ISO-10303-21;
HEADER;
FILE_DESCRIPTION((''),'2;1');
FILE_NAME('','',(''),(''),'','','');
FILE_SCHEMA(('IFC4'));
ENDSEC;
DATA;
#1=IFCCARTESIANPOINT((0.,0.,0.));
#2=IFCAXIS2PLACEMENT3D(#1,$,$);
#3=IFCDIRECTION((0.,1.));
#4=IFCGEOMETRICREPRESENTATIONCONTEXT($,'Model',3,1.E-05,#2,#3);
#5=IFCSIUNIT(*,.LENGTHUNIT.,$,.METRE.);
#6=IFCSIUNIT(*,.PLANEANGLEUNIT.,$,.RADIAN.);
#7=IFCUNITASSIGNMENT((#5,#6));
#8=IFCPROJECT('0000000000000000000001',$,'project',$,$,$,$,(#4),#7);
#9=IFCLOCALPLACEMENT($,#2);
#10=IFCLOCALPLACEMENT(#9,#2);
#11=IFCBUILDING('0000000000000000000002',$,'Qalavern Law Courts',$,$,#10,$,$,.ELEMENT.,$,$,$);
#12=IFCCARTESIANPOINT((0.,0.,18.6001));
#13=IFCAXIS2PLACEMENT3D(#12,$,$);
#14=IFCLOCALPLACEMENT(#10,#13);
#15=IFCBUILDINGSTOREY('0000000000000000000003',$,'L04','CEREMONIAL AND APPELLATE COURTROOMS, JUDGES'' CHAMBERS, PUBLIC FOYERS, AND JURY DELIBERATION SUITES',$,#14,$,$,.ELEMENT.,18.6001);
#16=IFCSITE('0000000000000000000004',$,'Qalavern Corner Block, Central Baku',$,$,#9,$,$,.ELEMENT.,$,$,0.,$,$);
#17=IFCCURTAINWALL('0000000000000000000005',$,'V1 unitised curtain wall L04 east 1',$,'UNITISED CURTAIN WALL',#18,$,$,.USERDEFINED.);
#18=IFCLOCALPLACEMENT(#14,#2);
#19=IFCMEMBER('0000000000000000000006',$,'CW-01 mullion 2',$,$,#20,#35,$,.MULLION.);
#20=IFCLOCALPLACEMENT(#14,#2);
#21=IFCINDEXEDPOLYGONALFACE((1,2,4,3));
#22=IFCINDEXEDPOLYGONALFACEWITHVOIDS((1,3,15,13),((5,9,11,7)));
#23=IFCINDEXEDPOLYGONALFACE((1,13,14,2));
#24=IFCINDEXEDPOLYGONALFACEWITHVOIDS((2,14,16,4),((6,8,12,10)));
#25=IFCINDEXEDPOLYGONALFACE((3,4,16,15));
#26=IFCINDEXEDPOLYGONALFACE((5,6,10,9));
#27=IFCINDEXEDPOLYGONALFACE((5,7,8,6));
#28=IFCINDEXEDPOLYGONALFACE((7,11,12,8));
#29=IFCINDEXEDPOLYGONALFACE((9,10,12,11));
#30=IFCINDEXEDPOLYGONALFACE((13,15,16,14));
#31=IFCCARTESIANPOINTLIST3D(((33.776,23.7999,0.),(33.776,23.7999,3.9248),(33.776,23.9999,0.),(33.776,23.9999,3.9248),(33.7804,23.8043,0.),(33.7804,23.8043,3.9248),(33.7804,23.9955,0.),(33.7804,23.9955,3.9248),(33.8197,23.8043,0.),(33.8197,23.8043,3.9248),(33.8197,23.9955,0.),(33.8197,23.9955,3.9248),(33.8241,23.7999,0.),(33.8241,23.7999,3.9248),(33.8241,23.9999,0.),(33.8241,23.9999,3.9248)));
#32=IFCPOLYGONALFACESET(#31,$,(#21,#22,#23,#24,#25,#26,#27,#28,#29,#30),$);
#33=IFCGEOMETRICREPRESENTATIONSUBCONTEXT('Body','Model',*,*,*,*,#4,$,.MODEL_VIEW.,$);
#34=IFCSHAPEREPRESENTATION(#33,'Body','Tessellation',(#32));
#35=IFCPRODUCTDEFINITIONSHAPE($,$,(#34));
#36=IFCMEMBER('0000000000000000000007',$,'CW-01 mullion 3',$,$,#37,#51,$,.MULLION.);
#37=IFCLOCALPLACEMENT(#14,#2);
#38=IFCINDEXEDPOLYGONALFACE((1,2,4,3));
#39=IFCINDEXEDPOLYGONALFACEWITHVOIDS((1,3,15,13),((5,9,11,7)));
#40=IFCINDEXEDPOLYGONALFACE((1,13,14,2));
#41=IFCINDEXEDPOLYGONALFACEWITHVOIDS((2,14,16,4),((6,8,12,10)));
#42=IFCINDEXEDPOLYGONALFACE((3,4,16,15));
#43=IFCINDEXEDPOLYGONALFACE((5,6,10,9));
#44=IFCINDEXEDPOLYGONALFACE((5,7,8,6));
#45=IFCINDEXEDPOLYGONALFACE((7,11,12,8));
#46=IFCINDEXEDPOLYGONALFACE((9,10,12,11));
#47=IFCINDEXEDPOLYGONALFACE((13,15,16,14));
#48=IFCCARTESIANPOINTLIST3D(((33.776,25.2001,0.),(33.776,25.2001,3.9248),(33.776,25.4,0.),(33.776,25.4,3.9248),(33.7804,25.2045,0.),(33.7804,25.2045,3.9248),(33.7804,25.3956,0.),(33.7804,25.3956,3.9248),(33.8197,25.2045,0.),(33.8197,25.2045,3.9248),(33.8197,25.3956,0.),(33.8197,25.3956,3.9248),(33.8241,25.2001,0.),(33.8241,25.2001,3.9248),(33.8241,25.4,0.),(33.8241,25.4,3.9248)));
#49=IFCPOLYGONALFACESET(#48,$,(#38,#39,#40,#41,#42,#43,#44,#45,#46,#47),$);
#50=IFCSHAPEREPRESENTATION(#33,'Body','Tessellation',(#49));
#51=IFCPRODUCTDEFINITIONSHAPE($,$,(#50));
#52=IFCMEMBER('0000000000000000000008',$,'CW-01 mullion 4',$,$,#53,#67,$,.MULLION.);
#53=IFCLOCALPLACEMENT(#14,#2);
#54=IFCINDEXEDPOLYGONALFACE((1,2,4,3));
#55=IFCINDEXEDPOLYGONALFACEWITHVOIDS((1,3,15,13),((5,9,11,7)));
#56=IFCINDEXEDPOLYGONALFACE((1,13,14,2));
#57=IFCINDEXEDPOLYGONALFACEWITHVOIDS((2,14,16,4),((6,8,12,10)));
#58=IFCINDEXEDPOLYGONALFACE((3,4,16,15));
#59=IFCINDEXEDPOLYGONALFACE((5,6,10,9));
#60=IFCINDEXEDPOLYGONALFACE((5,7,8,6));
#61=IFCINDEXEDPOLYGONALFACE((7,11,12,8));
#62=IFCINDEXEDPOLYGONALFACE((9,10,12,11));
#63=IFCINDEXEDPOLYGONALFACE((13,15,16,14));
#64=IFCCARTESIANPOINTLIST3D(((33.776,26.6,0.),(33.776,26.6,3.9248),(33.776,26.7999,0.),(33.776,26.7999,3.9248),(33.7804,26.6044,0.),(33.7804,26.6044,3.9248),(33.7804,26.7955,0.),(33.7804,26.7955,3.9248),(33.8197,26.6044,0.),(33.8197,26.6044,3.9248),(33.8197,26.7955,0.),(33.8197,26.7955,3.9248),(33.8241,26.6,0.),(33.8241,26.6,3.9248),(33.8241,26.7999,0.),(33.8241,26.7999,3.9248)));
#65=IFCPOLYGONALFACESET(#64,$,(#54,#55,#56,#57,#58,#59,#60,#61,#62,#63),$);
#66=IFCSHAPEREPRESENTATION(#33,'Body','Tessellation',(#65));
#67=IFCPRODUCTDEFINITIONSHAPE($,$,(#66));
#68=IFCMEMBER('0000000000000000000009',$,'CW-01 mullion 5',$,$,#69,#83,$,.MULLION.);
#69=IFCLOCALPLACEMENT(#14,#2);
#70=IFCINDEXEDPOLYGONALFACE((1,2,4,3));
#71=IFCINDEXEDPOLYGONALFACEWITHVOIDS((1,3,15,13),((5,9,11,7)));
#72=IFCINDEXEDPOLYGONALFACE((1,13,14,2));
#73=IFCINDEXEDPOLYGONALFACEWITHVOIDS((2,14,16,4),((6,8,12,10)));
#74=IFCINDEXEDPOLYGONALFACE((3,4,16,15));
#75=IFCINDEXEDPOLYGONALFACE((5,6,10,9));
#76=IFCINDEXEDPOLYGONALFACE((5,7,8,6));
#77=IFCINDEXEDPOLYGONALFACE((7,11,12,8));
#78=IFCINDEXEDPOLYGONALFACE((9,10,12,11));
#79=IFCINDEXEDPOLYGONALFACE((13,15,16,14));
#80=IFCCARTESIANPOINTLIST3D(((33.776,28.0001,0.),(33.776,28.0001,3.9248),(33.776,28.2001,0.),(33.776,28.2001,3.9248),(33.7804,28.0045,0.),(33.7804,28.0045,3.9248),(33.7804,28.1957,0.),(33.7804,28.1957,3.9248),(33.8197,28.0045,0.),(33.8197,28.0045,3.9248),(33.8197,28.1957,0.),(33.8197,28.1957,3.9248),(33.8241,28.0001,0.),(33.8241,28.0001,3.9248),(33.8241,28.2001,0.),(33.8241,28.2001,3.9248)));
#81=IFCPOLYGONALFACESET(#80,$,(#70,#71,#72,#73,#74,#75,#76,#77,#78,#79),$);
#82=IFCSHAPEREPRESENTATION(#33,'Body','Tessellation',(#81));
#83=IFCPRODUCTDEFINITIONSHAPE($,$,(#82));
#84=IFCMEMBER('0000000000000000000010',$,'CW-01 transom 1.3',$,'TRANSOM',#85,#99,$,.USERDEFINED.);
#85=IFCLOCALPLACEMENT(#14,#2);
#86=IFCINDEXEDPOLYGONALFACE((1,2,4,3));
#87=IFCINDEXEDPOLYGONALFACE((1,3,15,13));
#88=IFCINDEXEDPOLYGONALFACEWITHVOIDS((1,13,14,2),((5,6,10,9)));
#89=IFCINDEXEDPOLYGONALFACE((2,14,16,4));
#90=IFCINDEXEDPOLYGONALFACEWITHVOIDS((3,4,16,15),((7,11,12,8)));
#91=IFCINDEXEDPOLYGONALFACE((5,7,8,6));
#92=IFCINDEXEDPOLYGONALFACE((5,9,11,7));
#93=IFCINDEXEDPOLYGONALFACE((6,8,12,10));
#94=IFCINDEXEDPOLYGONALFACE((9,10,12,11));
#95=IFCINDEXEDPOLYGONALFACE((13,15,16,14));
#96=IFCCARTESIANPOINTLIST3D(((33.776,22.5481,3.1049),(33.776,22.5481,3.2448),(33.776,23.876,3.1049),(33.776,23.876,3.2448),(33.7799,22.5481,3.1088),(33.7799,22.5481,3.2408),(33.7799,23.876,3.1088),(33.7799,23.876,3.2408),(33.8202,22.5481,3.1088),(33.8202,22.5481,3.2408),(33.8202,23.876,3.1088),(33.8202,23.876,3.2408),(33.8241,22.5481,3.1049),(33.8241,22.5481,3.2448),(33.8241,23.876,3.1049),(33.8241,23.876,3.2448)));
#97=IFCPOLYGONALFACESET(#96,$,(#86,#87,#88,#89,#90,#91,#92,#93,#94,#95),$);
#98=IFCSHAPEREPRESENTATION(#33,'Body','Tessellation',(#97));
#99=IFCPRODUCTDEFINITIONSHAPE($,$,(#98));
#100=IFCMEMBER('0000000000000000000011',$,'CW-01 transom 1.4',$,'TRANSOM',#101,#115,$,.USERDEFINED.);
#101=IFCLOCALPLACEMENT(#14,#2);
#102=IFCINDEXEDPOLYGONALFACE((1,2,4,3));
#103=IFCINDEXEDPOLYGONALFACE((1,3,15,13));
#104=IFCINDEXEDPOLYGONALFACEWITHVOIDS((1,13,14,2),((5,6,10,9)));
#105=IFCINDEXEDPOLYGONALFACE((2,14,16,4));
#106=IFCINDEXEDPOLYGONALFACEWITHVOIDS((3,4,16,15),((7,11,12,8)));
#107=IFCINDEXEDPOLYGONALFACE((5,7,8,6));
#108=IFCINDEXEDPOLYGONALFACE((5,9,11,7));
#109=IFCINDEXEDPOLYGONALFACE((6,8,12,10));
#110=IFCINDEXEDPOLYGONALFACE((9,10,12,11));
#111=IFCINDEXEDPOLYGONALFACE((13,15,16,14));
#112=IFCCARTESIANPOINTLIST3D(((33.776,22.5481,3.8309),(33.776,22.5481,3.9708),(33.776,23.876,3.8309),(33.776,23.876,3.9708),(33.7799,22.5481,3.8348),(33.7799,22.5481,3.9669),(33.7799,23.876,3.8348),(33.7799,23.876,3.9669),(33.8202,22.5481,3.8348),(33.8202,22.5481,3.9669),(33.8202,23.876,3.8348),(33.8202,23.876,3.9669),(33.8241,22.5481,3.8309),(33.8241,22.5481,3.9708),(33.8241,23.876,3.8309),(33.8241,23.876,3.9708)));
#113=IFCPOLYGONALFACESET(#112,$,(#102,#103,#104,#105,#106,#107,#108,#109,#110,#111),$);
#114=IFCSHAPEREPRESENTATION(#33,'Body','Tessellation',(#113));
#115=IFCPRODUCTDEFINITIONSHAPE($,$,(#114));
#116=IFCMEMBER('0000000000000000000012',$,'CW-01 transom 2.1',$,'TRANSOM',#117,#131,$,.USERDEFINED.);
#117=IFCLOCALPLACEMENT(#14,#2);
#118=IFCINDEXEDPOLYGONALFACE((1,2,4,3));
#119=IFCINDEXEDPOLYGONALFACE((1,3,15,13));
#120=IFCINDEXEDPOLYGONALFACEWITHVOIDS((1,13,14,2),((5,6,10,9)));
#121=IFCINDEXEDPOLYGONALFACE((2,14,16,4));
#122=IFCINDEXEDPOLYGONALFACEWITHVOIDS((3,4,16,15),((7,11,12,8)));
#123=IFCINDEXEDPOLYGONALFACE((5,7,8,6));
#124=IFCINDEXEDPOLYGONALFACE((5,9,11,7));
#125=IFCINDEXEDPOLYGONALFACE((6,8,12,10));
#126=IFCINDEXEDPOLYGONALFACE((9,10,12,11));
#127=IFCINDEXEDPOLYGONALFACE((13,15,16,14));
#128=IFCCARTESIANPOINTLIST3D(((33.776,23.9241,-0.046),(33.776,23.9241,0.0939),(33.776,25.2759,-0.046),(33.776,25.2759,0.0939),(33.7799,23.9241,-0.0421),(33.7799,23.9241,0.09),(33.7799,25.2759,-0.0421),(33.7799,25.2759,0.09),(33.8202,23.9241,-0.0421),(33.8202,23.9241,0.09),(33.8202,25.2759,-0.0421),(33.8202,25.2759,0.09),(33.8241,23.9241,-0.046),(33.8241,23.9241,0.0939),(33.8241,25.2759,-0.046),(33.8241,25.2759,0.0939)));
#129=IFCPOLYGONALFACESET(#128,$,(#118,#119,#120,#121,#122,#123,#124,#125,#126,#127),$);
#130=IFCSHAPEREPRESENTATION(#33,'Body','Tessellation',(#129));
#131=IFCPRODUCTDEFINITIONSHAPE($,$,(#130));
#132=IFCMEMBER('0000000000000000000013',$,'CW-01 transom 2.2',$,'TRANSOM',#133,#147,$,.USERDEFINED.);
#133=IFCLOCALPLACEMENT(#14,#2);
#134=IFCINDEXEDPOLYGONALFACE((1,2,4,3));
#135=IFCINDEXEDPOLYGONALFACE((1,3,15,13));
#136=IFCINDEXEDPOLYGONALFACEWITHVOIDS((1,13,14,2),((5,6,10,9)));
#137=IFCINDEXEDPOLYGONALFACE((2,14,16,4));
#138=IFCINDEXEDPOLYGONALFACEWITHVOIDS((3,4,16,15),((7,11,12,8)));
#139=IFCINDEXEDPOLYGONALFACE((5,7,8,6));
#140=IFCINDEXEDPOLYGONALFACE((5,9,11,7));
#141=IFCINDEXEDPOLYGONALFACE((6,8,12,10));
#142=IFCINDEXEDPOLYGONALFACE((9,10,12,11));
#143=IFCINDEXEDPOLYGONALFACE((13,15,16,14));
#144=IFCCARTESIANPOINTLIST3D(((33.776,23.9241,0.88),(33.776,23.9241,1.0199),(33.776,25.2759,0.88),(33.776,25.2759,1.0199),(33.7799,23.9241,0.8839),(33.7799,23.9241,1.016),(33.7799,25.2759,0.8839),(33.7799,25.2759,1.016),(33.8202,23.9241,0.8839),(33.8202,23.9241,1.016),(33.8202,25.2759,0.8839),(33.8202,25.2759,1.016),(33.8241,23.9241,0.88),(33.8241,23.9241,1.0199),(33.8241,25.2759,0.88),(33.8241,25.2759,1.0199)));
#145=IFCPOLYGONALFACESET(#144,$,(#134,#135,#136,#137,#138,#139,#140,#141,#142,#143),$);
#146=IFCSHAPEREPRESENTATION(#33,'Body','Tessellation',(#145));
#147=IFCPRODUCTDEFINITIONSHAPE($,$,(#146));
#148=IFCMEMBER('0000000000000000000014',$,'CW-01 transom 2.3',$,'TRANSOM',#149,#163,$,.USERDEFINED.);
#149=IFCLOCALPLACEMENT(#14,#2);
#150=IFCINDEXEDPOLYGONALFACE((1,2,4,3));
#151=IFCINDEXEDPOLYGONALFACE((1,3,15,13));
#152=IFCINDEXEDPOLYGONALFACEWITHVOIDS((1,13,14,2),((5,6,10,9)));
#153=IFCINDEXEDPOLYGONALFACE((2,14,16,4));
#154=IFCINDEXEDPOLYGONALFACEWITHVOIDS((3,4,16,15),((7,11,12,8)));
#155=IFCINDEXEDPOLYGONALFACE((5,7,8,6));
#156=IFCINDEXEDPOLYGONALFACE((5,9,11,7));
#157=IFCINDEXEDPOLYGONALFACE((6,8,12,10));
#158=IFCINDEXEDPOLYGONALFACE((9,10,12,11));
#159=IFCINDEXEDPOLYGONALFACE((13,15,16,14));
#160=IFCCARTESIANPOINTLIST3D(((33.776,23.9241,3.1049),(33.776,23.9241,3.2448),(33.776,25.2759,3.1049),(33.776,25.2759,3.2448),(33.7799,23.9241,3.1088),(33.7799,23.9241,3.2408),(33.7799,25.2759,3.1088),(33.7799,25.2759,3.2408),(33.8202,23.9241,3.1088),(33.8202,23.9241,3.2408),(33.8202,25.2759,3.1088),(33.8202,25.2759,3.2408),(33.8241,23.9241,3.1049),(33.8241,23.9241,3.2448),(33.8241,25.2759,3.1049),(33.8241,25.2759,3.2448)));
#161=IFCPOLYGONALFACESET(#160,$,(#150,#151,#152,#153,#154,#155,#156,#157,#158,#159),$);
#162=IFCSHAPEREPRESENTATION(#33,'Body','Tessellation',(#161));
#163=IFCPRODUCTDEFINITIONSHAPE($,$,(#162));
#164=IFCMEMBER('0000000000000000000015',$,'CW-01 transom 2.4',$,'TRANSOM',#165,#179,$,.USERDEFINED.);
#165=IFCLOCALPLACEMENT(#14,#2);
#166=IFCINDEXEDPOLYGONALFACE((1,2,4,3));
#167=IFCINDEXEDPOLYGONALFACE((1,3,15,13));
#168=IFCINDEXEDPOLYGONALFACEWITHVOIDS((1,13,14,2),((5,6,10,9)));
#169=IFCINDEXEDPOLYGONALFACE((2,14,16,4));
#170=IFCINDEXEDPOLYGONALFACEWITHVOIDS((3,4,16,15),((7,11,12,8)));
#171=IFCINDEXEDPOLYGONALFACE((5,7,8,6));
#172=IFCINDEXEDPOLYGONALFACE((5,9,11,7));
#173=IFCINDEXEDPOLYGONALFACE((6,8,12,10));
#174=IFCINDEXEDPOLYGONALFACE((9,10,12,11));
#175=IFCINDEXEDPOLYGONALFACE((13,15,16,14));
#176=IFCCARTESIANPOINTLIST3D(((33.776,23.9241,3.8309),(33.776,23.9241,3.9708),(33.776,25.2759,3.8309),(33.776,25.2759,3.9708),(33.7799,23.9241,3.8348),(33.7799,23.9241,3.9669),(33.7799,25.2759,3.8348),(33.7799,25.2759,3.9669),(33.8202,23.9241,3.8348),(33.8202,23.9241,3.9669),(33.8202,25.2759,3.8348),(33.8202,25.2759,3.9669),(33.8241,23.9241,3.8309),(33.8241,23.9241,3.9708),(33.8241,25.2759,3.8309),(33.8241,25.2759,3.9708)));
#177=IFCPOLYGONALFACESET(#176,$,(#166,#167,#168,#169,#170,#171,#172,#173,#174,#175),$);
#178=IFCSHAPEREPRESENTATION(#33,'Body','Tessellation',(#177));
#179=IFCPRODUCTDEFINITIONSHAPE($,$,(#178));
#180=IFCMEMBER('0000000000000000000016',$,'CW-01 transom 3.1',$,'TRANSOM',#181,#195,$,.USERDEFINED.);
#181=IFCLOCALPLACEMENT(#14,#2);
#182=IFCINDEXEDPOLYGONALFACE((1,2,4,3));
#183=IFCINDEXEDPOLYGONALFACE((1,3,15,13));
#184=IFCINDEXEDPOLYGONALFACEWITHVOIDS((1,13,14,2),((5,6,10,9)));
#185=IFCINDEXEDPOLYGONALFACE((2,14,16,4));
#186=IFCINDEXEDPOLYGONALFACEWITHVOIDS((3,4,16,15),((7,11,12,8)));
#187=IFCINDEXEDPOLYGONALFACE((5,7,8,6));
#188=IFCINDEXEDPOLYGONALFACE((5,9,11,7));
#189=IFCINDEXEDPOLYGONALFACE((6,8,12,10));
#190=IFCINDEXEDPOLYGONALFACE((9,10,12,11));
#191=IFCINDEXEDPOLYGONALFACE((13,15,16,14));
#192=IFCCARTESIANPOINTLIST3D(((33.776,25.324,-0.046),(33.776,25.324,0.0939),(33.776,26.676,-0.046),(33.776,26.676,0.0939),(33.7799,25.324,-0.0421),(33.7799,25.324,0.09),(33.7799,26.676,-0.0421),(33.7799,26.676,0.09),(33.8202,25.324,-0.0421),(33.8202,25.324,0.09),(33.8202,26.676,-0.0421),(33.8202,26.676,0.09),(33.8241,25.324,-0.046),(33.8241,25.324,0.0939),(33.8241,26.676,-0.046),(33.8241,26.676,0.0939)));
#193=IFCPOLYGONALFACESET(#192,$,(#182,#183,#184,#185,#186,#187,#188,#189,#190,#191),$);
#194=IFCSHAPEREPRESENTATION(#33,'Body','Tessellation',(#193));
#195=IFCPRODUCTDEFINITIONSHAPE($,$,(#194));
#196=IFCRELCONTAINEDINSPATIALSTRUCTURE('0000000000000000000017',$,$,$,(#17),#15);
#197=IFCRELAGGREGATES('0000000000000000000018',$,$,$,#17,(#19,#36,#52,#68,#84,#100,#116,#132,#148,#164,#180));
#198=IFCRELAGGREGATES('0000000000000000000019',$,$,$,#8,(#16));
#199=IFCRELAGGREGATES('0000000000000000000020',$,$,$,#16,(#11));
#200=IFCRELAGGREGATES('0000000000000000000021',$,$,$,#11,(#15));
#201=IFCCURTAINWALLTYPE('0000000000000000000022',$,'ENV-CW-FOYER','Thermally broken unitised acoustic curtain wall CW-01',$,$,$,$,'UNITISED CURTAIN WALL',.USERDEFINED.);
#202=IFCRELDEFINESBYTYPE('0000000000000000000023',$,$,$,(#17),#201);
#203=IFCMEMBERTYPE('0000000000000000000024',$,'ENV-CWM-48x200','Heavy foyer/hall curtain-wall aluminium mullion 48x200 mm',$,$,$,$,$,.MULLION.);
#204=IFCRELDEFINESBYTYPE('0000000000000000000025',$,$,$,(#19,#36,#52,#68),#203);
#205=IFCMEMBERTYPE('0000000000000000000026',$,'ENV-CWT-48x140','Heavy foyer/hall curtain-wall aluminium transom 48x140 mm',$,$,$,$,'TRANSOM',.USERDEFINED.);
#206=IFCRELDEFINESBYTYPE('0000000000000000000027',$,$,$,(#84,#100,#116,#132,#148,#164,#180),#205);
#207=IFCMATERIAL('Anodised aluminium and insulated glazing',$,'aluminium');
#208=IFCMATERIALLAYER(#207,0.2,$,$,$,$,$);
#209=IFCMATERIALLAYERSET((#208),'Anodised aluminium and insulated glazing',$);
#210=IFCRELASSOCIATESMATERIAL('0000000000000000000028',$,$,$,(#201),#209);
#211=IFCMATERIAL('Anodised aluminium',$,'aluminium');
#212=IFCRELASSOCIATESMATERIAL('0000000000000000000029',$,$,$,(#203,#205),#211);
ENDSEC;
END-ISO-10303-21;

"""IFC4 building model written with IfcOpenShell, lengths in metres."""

from ifc_helpers import new_model, si_unit, direction, frame, origin, origin_2d, place, context, subcontext, project, spatial, hollow_rectangle, extrude, material, layer, layer_set, material_profile, profile_set, type_object, element, aggregate, save


model = new_model("IFC4")

# Units and contexts
model_context = context("Model", 3, precision=1e-05, world=origin(), true_north=direction((0.0, 1.0)))
body_context = subcontext(model_context, "Body", "Model", "MODEL_VIEW")
ifc_project = project(units=[si_unit("LENGTHUNIT", "METRE"), si_unit("PLANEANGLEUNIT", "RADIAN")], contexts=[model_context])

# Site, building, storey
site_placement = place(None, origin())
site = spatial("IfcSite", under=ifc_project, at=site_placement, Name="Qalavern Corner Block, Central Baku", CompositionType="ELEMENT", RefElevation=0.0)
building_placement = place(site_placement, origin())
building = spatial("IfcBuilding", under=site, at=building_placement, Name="Qalavern Law Courts", CompositionType="ELEMENT")
storey_placement = place(building_placement, frame((0.0, 0.0, 18.6001)))
storey = spatial("IfcBuildingStorey", under=building, at=storey_placement, Name="L04", Description="CEREMONIAL AND APPELLATE COURTROOMS, JUDGES' CHAMBERS, PUBLIC FOYERS, AND JURY DELIBERATION SUITES", CompositionType="ELEMENT", Elevation=18.6001)

# Curtain wall, members
ifc_material_1 = material(Name="Anodised aluminium and insulated glazing", Category="aluminium")
ifc_layer_1 = layer(ifc_material_1, 0.2)
ifc_layer_set_1 = layer_set([ifc_layer_1], Name="Anodised aluminium and insulated glazing")
curtain_wall_type = type_object("IfcCurtainWallType", Name="ENV-CW-FOYER", Description="Thermally broken unitised acoustic curtain wall CW-01", ElementType="UNITISED CURTAIN WALL", PredefinedType="USERDEFINED", material=ifc_layer_set_1)
curtain_wall_placement = place(storey_placement, origin())
curtain_wall = element("IfcCurtainWall", 1, at=curtain_wall_placement, inside=storey, type_object=curtain_wall_type, Name="V1 unitised curtain wall L04 east 1", ObjectType="UNITISED CURTAIN WALL", PredefinedType="USERDEFINED")
ifc_material_2 = material(Name="Anodised aluminium", Category="aluminium")
ifc_material_profile_1 = material_profile(ifc_material_2, hollow_rectangle(XDim=0.0481, YDim=0.2, WallThickness=0.0044, at=origin_2d()), Name="ALU MULLION 48x200")
ifc_profile_set_1 = profile_set([ifc_material_profile_1], Name="Anodised aluminium")
member_type_1 = type_object("IfcMemberType", Name="ENV-CWM-48x200", Description="Heavy foyer/hall curtain-wall aluminium mullion 48x200 mm", PredefinedType="MULLION", material=ifc_profile_set_1)
member_1_placement = place(storey_placement, frame((33.8, 23.8999, 0.0), z_axis=(0.0, 0.0, 1.0), x_axis=(-1.0, 0.0, 0.0)))
member_1 = element("IfcMember", 2, at=member_1_placement, type_object=member_type_1, Name="CW-01 mullion 2", PredefinedType="MULLION", context=body_context, shape_type="SweptSolid", body=[
    extrude(hollow_rectangle(XDim=0.0481, YDim=0.2, WallThickness=0.0044, at=origin_2d()), origin(), (0.0, 0.0, 1.0), 3.9248),
])
member_2_placement = place(storey_placement, frame((33.8, 25.3, 0.0), z_axis=(0.0, 0.0, 1.0), x_axis=(-1.0, 0.0, 0.0)))
member_2 = element("IfcMember", 3, at=member_2_placement, type_object=member_type_1, Name="CW-01 mullion 3", PredefinedType="MULLION", context=body_context, shape_type="SweptSolid", body=[
    extrude(hollow_rectangle(XDim=0.0481, YDim=0.2, WallThickness=0.0044, at=origin_2d()), origin(), (0.0, 0.0, 1.0), 3.9248),
])
member_3_placement = place(storey_placement, frame((33.8, 26.7, 0.0), z_axis=(0.0, 0.0, 1.0), x_axis=(-1.0, 0.0, 0.0)))
member_3 = element("IfcMember", 4, at=member_3_placement, type_object=member_type_1, Name="CW-01 mullion 4", PredefinedType="MULLION", context=body_context, shape_type="SweptSolid", body=[
    extrude(hollow_rectangle(XDim=0.0481, YDim=0.2, WallThickness=0.0044, at=origin_2d()), origin(), (0.0, 0.0, 1.0), 3.9248),
])
member_4_placement = place(storey_placement, frame((33.8, 28.1001, 0.0), z_axis=(0.0, 0.0, 1.0), x_axis=(-1.0, 0.0, 0.0)))
member_4 = element("IfcMember", 5, at=member_4_placement, type_object=member_type_1, Name="CW-01 mullion 5", PredefinedType="MULLION", context=body_context, shape_type="SweptSolid", body=[
    extrude(hollow_rectangle(XDim=0.0481, YDim=0.2, WallThickness=0.0044, at=origin_2d()), origin(), (0.0, 0.0, 1.0), 3.9248),
])
ifc_material_profile_2 = material_profile(ifc_material_2, hollow_rectangle(XDim=0.0481, YDim=0.1399, WallThickness=0.0039, at=origin_2d()), Name="ALU TRANSOM 48x140")
ifc_profile_set_2 = profile_set([ifc_material_profile_2], Name="Anodised aluminium")
member_type_2 = type_object("IfcMemberType", Name="ENV-CWT-48x140", Description="Heavy foyer/hall curtain-wall aluminium transom 48x140 mm", ElementType="TRANSOM", PredefinedType="USERDEFINED", material=ifc_profile_set_2)
member_5_placement = place(storey_placement, frame((33.8, 22.5481, 3.1748), z_axis=(0.0, 1.0, 0.0), x_axis=(-1.0, 0.0, 0.0)))
member_5 = element("IfcMember", 6, at=member_5_placement, type_object=member_type_2, Name="CW-01 transom 1.3", ObjectType="TRANSOM", PredefinedType="USERDEFINED", context=body_context, shape_type="SweptSolid", body=[
    extrude(hollow_rectangle(XDim=0.0481, YDim=0.1399, WallThickness=0.0039, at=origin_2d()), origin(), (0.0, 0.0, 1.0), 1.3279),
])
member_6_placement = place(storey_placement, frame((33.8, 22.5481, 3.9009), z_axis=(0.0, 1.0, 0.0), x_axis=(-1.0, 0.0, 0.0)))
member_6 = element("IfcMember", 7, at=member_6_placement, type_object=member_type_2, Name="CW-01 transom 1.4", ObjectType="TRANSOM", PredefinedType="USERDEFINED", context=body_context, shape_type="SweptSolid", body=[
    extrude(hollow_rectangle(XDim=0.0481, YDim=0.1399, WallThickness=0.0039, at=origin_2d()), origin(), (0.0, 0.0, 1.0), 1.3279),
])
member_7_placement = place(storey_placement, frame((33.8, 23.9241, 0.0239), z_axis=(0.0, 1.0, 0.0), x_axis=(-1.0, 0.0, 0.0)))
member_7 = element("IfcMember", 8, at=member_7_placement, type_object=member_type_2, Name="CW-01 transom 2.1", ObjectType="TRANSOM", PredefinedType="USERDEFINED", context=body_context, shape_type="SweptSolid", body=[
    extrude(hollow_rectangle(XDim=0.0481, YDim=0.1399, WallThickness=0.0039, at=origin_2d()), origin(), (0.0, 0.0, 1.0), 1.3518),
])
member_8_placement = place(storey_placement, frame((33.8, 23.9241, 0.95), z_axis=(0.0, 1.0, 0.0), x_axis=(-1.0, 0.0, 0.0)))
member_8 = element("IfcMember", 9, at=member_8_placement, type_object=member_type_2, Name="CW-01 transom 2.2", ObjectType="TRANSOM", PredefinedType="USERDEFINED", context=body_context, shape_type="SweptSolid", body=[
    extrude(hollow_rectangle(XDim=0.0481, YDim=0.1399, WallThickness=0.0039, at=origin_2d()), origin(), (0.0, 0.0, 1.0), 1.3518),
])
member_9_placement = place(storey_placement, frame((33.8, 23.9241, 3.1748), z_axis=(0.0, 1.0, 0.0), x_axis=(-1.0, 0.0, 0.0)))
member_9 = element("IfcMember", 10, at=member_9_placement, type_object=member_type_2, Name="CW-01 transom 2.3", ObjectType="TRANSOM", PredefinedType="USERDEFINED", context=body_context, shape_type="SweptSolid", body=[
    extrude(hollow_rectangle(XDim=0.0481, YDim=0.1399, WallThickness=0.0039, at=origin_2d()), origin(), (0.0, 0.0, 1.0), 1.3518),
])
member_10_placement = place(storey_placement, frame((33.8, 23.9241, 3.9009), z_axis=(0.0, 1.0, 0.0), x_axis=(-1.0, 0.0, 0.0)))
member_10 = element("IfcMember", 11, at=member_10_placement, type_object=member_type_2, Name="CW-01 transom 2.4", ObjectType="TRANSOM", PredefinedType="USERDEFINED", context=body_context, shape_type="SweptSolid", body=[
    extrude(hollow_rectangle(XDim=0.0481, YDim=0.1399, WallThickness=0.0039, at=origin_2d()), origin(), (0.0, 0.0, 1.0), 1.3518),
])
member_11_placement = place(storey_placement, frame((33.8, 25.324, 0.0239), z_axis=(0.0, 1.0, 0.0), x_axis=(-1.0, 0.0, 0.0)))
member_11 = element("IfcMember", 12, at=member_11_placement, type_object=member_type_2, Name="CW-01 transom 3.1", ObjectType="TRANSOM", PredefinedType="USERDEFINED", context=body_context, shape_type="SweptSolid", body=[
    extrude(hollow_rectangle(XDim=0.0481, YDim=0.1399, WallThickness=0.0039, at=origin_2d()), origin(), (0.0, 0.0, 1.0), 1.3521),
])

aggregate(curtain_wall, [member_1, member_2, member_3, member_4, member_5, member_6, member_7, member_8, member_9, member_10, member_11])

save(model, "model.ifc")
